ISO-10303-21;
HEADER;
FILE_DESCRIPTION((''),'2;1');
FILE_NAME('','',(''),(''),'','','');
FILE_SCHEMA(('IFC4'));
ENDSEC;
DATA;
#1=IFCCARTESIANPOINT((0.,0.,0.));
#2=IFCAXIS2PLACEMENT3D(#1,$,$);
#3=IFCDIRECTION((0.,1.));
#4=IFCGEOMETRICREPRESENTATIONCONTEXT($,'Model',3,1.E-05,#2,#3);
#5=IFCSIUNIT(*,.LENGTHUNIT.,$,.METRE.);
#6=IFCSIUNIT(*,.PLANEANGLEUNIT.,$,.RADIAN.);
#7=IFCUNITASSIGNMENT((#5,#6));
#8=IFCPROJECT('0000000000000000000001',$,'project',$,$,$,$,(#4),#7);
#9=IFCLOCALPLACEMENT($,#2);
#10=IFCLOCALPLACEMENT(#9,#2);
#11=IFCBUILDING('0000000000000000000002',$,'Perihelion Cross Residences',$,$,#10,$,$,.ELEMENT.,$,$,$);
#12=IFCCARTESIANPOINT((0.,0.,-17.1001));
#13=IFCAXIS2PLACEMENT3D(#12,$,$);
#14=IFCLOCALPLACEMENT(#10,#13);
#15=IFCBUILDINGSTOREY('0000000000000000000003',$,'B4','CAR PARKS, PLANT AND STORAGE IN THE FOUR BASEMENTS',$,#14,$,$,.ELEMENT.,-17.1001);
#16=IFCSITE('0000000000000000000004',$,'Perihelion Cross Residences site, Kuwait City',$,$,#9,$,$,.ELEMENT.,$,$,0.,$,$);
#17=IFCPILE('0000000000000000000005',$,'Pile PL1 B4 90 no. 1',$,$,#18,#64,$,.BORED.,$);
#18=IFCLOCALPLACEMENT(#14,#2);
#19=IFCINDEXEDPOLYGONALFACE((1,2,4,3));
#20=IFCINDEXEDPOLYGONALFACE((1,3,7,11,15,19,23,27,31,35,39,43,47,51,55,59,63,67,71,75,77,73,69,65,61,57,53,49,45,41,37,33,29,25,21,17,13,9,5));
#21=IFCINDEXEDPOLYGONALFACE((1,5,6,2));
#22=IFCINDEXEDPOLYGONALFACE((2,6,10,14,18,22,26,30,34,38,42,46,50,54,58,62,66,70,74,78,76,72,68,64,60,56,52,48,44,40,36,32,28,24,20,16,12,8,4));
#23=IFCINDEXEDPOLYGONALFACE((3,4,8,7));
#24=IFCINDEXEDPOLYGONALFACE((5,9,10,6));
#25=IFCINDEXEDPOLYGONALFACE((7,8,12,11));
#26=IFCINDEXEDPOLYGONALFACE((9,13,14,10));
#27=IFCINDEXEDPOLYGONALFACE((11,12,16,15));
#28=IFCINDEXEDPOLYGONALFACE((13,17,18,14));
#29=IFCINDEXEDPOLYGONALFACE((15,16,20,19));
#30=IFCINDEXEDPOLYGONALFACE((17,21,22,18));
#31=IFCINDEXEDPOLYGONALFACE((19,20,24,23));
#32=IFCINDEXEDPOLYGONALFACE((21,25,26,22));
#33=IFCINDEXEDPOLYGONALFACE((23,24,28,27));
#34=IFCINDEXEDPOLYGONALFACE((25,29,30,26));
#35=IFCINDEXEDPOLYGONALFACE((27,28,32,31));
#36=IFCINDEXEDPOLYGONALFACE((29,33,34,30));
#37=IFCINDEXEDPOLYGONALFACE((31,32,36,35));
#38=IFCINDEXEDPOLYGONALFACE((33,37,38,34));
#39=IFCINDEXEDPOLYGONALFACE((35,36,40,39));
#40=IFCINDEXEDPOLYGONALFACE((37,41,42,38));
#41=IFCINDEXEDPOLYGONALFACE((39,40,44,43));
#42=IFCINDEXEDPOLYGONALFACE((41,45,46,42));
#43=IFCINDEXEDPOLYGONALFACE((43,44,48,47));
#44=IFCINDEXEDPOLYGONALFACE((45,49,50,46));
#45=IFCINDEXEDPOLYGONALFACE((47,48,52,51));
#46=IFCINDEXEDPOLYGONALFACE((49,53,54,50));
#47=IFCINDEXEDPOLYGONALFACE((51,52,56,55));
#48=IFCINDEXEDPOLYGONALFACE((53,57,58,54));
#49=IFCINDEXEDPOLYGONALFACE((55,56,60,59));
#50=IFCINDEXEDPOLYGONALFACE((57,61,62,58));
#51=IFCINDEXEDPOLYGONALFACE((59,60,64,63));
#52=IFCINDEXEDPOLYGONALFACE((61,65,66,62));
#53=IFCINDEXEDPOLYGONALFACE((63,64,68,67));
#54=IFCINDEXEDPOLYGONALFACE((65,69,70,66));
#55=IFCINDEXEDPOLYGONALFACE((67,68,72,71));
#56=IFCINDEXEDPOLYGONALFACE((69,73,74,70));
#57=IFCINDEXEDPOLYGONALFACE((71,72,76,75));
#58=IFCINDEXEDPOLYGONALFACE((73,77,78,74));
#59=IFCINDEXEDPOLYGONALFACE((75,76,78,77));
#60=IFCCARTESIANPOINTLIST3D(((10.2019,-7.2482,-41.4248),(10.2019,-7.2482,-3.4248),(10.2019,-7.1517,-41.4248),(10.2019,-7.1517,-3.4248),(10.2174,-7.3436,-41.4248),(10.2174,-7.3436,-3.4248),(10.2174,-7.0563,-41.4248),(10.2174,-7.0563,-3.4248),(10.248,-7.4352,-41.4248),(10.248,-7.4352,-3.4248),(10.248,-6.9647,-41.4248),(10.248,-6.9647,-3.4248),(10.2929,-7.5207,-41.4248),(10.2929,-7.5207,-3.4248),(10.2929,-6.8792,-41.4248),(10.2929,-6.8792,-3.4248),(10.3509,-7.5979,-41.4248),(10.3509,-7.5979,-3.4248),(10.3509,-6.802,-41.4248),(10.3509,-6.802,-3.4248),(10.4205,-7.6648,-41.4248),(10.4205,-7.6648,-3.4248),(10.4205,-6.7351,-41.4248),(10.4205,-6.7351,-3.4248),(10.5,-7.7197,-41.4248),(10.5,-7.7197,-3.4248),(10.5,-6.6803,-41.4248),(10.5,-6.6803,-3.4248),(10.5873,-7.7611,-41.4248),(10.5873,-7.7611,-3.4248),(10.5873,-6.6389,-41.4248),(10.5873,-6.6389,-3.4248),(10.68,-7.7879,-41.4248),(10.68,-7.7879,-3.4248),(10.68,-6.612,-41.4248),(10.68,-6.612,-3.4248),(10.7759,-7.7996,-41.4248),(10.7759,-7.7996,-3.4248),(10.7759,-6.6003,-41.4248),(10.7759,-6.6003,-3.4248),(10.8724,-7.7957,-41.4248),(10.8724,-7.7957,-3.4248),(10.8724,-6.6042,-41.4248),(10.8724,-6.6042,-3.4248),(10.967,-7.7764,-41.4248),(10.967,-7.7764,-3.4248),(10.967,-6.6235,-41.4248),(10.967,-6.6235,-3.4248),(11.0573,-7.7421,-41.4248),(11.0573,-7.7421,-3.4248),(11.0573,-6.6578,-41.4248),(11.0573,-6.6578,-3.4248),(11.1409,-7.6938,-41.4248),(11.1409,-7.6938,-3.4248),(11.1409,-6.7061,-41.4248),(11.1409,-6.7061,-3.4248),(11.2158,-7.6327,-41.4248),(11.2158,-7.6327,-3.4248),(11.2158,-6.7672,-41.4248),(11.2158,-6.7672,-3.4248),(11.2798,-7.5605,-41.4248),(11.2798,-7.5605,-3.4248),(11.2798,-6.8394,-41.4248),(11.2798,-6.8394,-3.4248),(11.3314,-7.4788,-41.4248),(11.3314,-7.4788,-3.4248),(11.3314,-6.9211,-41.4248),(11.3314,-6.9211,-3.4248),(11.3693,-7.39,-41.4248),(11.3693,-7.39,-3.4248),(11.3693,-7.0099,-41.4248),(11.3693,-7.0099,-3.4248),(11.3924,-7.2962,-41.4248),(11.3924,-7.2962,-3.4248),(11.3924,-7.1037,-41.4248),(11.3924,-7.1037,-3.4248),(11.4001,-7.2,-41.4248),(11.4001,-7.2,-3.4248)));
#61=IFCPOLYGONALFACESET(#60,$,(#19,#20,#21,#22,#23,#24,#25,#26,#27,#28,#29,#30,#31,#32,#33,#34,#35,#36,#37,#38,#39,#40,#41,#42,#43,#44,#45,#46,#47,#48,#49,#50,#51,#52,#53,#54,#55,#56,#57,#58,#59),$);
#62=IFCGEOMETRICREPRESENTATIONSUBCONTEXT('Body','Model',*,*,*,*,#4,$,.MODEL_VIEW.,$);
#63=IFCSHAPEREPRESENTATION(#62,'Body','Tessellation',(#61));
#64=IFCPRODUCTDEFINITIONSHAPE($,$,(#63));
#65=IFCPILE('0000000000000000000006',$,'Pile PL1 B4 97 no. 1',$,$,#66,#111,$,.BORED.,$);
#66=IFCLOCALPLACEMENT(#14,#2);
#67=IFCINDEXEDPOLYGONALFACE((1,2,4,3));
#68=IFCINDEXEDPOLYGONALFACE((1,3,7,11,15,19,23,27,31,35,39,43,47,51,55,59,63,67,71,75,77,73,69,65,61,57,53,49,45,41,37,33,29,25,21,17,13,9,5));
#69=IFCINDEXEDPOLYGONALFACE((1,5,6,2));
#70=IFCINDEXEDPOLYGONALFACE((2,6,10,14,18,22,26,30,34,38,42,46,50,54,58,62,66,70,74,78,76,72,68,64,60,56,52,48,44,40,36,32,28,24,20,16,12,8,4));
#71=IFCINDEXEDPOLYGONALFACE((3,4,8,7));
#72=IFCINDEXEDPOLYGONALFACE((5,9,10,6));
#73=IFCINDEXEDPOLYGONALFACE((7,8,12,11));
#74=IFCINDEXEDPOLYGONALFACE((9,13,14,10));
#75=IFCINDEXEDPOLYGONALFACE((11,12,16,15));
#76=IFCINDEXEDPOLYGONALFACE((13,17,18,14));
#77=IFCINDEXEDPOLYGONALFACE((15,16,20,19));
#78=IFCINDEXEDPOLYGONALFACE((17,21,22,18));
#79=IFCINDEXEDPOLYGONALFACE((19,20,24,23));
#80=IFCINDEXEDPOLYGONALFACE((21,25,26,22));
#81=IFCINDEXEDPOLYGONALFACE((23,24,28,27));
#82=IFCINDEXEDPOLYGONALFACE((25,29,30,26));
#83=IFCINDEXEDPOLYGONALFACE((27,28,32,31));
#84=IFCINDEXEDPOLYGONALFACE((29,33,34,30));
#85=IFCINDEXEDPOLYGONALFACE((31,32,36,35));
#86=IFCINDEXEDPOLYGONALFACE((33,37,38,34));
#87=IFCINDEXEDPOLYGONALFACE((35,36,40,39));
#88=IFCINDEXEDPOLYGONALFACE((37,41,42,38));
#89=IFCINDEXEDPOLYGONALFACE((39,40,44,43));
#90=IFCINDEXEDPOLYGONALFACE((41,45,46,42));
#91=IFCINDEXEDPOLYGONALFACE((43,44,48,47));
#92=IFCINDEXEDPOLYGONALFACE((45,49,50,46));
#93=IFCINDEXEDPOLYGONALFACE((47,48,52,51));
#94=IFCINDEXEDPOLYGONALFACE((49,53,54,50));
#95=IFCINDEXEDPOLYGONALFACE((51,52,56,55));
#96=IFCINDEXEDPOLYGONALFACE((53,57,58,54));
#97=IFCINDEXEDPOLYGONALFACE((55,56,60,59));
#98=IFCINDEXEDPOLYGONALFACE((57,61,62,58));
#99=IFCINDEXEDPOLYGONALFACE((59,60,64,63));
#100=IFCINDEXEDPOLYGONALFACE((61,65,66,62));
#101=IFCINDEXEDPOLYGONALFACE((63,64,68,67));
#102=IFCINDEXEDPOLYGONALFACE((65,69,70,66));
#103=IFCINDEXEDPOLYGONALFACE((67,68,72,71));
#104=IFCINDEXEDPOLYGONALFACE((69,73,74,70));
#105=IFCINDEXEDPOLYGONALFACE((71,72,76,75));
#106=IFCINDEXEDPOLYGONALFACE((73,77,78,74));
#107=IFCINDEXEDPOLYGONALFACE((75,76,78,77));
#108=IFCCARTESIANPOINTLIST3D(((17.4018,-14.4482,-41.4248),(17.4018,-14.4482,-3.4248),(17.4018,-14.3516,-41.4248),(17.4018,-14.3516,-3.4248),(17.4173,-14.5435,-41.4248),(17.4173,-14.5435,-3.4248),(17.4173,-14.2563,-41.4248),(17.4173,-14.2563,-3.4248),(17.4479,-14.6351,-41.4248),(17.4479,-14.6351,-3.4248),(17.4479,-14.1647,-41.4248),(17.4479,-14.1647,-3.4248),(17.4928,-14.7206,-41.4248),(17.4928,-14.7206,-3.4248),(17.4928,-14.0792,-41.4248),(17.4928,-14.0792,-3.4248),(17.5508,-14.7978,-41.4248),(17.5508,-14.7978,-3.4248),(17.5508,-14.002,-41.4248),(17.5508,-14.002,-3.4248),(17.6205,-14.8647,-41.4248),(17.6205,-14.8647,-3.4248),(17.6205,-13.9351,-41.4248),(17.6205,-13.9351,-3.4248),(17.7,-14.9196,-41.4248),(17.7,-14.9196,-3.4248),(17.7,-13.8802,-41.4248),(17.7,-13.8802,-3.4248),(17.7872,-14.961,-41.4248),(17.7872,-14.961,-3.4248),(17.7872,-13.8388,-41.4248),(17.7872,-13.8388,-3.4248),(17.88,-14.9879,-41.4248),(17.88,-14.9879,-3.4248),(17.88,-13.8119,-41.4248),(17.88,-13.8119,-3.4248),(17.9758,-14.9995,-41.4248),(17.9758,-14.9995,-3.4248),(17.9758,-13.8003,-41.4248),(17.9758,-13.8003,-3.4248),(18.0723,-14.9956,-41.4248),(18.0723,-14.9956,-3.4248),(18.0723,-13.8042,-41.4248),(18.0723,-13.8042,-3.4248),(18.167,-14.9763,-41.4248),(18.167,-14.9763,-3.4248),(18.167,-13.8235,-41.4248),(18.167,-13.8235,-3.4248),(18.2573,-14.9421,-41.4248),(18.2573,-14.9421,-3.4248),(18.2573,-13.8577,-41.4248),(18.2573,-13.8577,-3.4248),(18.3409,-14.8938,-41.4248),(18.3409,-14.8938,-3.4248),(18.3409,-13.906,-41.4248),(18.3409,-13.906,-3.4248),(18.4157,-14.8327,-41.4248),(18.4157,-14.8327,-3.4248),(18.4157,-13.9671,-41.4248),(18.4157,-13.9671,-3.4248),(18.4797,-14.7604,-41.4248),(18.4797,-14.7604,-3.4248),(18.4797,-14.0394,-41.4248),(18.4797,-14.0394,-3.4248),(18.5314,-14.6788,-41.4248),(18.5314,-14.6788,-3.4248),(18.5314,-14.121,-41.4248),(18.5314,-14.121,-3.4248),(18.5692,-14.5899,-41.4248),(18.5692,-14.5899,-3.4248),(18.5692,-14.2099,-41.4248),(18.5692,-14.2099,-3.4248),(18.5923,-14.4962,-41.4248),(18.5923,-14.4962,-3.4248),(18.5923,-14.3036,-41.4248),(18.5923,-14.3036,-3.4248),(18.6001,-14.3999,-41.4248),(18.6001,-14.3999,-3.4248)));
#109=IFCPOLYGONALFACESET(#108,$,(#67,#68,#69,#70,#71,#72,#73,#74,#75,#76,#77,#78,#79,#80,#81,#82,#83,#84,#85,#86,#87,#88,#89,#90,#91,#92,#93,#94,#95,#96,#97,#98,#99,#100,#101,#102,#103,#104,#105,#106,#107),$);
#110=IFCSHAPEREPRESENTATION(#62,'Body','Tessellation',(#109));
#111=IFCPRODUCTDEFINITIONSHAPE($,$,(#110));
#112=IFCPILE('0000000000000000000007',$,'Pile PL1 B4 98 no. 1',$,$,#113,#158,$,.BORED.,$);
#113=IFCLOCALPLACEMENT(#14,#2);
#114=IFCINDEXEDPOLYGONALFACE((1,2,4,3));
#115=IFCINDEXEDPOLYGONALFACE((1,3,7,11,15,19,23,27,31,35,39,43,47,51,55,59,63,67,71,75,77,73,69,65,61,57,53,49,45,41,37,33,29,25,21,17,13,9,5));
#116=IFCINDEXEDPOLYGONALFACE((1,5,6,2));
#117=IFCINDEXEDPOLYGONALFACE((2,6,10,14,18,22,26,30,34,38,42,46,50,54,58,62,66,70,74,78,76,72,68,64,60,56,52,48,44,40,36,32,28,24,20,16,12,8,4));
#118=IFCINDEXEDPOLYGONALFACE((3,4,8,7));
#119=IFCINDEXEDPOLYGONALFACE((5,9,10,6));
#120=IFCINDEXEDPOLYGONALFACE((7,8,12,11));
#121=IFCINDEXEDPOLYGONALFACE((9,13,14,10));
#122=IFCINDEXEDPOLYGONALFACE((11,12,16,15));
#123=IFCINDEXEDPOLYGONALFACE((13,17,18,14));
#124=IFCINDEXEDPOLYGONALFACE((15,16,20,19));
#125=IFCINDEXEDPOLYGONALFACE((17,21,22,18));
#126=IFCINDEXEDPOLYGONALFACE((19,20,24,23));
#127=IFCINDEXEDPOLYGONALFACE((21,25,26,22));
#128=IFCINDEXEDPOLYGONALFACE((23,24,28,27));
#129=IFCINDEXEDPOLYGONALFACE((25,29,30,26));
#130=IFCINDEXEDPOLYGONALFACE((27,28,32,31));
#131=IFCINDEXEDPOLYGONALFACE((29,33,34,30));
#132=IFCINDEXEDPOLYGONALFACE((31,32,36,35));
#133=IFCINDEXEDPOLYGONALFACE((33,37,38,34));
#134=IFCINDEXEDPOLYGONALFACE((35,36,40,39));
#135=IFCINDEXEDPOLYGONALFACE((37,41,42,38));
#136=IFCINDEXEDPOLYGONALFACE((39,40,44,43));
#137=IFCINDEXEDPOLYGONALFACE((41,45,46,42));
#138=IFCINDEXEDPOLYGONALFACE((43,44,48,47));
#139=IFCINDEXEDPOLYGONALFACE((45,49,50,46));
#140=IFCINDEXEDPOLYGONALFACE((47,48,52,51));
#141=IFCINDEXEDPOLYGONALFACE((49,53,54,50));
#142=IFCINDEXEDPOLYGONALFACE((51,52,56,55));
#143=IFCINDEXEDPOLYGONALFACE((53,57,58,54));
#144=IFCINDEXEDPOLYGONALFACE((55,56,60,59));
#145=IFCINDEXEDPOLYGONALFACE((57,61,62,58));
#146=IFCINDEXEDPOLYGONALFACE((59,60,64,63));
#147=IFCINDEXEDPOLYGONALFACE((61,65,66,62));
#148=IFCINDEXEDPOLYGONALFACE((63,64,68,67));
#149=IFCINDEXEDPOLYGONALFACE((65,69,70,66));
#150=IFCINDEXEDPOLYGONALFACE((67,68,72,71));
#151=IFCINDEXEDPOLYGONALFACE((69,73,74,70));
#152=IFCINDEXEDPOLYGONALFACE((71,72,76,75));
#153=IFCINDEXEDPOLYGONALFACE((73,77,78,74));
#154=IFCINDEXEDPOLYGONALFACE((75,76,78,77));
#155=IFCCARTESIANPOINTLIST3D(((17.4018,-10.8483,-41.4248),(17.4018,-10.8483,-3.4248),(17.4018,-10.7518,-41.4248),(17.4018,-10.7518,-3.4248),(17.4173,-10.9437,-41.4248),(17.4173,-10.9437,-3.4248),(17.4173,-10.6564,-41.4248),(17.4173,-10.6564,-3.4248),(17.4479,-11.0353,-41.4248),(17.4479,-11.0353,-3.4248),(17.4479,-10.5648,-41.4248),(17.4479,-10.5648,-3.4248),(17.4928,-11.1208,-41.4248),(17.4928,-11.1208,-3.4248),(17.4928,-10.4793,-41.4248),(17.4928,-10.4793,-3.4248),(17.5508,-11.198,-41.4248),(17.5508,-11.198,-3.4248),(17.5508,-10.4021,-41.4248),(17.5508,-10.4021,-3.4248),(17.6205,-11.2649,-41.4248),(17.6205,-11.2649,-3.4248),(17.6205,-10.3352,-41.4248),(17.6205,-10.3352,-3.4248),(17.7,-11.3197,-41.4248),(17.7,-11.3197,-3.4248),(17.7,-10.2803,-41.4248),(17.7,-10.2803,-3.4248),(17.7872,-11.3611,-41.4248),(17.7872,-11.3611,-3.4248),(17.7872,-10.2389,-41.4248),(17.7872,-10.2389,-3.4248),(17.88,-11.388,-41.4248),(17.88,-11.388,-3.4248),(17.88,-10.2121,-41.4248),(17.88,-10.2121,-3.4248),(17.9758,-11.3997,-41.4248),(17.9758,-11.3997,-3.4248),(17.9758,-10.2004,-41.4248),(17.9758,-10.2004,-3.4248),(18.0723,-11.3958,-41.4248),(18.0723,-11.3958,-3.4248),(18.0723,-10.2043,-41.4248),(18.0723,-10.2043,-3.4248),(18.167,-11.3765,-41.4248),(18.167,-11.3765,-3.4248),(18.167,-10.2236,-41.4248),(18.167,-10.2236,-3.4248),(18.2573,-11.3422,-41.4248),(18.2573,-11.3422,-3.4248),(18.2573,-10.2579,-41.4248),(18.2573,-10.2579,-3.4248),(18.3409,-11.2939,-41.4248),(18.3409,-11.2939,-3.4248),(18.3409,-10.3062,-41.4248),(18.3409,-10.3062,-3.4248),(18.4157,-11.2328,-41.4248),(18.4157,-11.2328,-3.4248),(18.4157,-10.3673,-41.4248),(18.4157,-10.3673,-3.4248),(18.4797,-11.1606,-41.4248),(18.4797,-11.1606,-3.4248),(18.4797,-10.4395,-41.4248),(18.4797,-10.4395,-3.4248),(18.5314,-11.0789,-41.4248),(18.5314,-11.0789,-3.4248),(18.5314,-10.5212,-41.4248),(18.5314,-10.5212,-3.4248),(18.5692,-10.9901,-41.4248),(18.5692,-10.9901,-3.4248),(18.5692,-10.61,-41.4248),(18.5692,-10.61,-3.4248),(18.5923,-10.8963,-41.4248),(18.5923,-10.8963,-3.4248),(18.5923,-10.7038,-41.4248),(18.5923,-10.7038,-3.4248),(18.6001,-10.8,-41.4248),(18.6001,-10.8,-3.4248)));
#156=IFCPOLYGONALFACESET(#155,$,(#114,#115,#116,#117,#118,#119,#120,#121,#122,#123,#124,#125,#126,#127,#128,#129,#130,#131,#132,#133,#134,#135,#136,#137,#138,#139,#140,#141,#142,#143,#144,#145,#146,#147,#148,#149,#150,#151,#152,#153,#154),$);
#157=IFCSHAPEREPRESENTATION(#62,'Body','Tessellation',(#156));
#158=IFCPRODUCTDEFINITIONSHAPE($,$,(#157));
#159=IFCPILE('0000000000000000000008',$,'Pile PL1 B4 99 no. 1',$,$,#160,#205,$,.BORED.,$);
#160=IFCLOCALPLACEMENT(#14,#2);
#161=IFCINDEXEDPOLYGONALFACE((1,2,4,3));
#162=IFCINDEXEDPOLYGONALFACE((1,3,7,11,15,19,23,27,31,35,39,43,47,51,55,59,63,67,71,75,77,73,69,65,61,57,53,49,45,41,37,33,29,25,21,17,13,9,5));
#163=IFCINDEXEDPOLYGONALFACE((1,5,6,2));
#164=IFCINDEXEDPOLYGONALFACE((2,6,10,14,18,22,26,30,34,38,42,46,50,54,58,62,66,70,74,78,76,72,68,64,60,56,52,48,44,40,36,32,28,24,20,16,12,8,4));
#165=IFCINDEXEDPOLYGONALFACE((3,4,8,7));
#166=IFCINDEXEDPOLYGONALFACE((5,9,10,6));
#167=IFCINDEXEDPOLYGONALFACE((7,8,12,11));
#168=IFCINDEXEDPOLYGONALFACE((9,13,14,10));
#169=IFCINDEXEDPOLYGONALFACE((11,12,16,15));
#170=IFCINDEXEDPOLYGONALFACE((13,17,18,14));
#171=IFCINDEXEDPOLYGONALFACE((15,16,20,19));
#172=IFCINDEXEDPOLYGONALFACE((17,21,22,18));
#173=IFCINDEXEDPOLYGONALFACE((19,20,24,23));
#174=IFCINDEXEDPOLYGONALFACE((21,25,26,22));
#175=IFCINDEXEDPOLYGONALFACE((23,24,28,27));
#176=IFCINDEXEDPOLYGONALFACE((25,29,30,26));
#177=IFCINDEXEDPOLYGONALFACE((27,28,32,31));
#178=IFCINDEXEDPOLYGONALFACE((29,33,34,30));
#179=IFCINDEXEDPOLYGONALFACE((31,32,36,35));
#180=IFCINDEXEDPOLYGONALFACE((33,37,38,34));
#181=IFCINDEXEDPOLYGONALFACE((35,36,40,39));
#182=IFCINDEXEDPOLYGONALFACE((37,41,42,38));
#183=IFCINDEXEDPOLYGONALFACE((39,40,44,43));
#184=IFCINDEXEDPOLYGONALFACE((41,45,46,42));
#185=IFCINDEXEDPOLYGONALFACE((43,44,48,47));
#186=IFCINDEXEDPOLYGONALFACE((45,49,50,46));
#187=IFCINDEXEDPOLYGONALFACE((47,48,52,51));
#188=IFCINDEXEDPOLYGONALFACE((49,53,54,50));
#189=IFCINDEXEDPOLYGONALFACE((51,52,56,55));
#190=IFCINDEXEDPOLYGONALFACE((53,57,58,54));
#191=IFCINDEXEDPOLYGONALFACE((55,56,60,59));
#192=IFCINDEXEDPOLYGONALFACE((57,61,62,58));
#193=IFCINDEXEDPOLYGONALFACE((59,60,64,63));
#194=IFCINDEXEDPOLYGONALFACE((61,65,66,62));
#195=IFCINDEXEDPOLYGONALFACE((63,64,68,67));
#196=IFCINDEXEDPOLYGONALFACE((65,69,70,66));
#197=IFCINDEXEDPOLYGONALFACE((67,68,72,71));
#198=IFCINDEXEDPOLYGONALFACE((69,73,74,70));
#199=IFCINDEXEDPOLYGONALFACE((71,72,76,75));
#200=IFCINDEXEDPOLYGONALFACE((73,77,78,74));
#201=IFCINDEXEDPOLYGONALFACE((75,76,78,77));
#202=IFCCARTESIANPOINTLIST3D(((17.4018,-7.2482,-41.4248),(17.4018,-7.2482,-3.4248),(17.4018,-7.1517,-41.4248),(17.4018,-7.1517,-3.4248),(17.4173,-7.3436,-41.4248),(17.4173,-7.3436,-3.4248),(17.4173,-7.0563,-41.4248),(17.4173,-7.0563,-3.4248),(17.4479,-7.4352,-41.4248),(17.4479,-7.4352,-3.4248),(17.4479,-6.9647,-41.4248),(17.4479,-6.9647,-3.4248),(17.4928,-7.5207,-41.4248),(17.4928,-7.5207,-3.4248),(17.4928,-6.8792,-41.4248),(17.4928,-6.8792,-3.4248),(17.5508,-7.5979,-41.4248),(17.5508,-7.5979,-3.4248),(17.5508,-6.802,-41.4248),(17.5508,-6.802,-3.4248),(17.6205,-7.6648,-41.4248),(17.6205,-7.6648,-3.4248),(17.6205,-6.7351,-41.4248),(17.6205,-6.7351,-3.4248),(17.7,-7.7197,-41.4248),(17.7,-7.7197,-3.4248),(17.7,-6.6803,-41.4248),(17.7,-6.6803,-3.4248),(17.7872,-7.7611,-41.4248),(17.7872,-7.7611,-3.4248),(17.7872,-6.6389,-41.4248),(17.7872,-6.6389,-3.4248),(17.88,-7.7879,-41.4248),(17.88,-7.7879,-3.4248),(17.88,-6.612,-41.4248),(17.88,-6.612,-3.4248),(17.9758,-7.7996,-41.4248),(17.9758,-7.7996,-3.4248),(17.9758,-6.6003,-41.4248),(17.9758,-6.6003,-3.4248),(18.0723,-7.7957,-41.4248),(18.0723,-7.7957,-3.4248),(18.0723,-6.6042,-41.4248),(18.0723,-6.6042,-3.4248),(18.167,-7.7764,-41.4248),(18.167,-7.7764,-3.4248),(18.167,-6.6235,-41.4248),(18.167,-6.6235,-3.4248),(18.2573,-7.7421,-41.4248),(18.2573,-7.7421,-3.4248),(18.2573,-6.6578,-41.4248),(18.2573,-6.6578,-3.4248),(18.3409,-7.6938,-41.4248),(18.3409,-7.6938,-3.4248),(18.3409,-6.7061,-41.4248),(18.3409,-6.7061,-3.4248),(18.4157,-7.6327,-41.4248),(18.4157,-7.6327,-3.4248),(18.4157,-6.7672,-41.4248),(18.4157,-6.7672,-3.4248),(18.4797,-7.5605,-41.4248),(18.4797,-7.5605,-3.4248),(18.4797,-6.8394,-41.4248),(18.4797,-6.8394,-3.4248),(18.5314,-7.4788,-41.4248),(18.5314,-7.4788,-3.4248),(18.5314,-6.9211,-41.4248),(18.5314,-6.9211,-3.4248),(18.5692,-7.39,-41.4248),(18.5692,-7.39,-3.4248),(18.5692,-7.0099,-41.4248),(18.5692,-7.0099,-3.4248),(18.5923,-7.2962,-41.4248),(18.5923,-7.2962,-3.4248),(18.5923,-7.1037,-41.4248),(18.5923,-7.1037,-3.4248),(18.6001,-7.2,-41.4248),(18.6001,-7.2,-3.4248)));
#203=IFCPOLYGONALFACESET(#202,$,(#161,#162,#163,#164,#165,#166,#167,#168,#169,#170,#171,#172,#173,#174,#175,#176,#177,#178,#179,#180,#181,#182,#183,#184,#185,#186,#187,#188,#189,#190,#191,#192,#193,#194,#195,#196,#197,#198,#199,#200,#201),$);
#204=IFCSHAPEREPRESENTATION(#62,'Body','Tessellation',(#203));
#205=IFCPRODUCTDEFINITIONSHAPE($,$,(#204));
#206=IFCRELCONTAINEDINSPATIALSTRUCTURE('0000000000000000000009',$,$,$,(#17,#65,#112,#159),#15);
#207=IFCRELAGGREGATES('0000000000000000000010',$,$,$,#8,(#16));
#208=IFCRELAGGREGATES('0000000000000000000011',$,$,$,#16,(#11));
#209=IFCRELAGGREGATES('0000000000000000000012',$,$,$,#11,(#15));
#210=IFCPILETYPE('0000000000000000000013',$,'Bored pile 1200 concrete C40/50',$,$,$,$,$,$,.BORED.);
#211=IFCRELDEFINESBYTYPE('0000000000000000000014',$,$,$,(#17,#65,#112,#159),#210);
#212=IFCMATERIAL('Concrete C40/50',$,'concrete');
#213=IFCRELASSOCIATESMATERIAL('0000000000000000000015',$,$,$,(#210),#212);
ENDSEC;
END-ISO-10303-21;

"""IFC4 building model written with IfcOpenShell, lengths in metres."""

from ifc_helpers import new_model, si_unit, direction, frame, origin, origin_2d, place, context, subcontext, project, spatial, circle, extrude, material, type_object, element, save


model = new_model("IFC4")

# Units and contexts
model_context = context("Model", 3, precision=1e-05, world=origin(), true_north=direction((0.0, 1.0)))
body_context = subcontext(model_context, "Body", "Model", "MODEL_VIEW")
ifc_project = project(units=[si_unit("LENGTHUNIT", "METRE"), si_unit("PLANEANGLEUNIT", "RADIAN")], contexts=[model_context])

# Site, building, storey
site_placement = place(None, origin())
site = spatial("IfcSite", under=ifc_project, at=site_placement, Name="Perihelion Cross Residences site, Kuwait City", CompositionType="ELEMENT", RefElevation=0.0)
building_placement = place(site_placement, origin())
building = spatial("IfcBuilding", under=site, at=building_placement, Name="Perihelion Cross Residences", CompositionType="ELEMENT")
storey_placement = place(building_placement, frame((0.0, 0.0, -17.1001)))
storey = spatial("IfcBuildingStorey", under=building, at=storey_placement, Name="B4", Description="CAR PARKS, PLANT AND STORAGE IN THE FOUR BASEMENTS", CompositionType="ELEMENT", Elevation=-17.1001)

# Piles
ifc_material_1 = material(Name="Concrete C40/50", Category="concrete")
pile_type = type_object("IfcPileType", Name="Bored pile 1200 concrete C40/50", PredefinedType="BORED", material=ifc_material_1)
for number, where, z_axis, x_axis, name in (
    (1, (10.8, -7.2, -3.4248), (0.0, 0.0, -1.0), (1.0, 0.0, 0.0), "Pile PL1 B4 90 no. 1"),
    (2, (18.0, -14.3999, -3.4248), (0.0, 0.0, -1.0), (1.0, 0.0, 0.0), "Pile PL1 B4 97 no. 1"),
    (3, (18.0, -10.8, -3.4248), (0.0, 0.0, -1.0), (1.0, 0.0, 0.0), "Pile PL1 B4 98 no. 1"),
    (4, (18.0, -7.2, -3.4248), (0.0, 0.0, -1.0), (1.0, 0.0, 0.0), "Pile PL1 B4 99 no. 1"),
):
    element("IfcPile", number, at=place(storey_placement, frame(where, z_axis=z_axis, x_axis=x_axis)), inside=storey, type_object=pile_type, Name=name, PredefinedType="BORED", context=body_context, shape_type="SweptSolid", body=[
        extrude(circle(Radius=0.6001, at=origin_2d()), origin(), (0.0, 0.0, 1.0), 38.0),
    ])

save(model, "model.ifc")
